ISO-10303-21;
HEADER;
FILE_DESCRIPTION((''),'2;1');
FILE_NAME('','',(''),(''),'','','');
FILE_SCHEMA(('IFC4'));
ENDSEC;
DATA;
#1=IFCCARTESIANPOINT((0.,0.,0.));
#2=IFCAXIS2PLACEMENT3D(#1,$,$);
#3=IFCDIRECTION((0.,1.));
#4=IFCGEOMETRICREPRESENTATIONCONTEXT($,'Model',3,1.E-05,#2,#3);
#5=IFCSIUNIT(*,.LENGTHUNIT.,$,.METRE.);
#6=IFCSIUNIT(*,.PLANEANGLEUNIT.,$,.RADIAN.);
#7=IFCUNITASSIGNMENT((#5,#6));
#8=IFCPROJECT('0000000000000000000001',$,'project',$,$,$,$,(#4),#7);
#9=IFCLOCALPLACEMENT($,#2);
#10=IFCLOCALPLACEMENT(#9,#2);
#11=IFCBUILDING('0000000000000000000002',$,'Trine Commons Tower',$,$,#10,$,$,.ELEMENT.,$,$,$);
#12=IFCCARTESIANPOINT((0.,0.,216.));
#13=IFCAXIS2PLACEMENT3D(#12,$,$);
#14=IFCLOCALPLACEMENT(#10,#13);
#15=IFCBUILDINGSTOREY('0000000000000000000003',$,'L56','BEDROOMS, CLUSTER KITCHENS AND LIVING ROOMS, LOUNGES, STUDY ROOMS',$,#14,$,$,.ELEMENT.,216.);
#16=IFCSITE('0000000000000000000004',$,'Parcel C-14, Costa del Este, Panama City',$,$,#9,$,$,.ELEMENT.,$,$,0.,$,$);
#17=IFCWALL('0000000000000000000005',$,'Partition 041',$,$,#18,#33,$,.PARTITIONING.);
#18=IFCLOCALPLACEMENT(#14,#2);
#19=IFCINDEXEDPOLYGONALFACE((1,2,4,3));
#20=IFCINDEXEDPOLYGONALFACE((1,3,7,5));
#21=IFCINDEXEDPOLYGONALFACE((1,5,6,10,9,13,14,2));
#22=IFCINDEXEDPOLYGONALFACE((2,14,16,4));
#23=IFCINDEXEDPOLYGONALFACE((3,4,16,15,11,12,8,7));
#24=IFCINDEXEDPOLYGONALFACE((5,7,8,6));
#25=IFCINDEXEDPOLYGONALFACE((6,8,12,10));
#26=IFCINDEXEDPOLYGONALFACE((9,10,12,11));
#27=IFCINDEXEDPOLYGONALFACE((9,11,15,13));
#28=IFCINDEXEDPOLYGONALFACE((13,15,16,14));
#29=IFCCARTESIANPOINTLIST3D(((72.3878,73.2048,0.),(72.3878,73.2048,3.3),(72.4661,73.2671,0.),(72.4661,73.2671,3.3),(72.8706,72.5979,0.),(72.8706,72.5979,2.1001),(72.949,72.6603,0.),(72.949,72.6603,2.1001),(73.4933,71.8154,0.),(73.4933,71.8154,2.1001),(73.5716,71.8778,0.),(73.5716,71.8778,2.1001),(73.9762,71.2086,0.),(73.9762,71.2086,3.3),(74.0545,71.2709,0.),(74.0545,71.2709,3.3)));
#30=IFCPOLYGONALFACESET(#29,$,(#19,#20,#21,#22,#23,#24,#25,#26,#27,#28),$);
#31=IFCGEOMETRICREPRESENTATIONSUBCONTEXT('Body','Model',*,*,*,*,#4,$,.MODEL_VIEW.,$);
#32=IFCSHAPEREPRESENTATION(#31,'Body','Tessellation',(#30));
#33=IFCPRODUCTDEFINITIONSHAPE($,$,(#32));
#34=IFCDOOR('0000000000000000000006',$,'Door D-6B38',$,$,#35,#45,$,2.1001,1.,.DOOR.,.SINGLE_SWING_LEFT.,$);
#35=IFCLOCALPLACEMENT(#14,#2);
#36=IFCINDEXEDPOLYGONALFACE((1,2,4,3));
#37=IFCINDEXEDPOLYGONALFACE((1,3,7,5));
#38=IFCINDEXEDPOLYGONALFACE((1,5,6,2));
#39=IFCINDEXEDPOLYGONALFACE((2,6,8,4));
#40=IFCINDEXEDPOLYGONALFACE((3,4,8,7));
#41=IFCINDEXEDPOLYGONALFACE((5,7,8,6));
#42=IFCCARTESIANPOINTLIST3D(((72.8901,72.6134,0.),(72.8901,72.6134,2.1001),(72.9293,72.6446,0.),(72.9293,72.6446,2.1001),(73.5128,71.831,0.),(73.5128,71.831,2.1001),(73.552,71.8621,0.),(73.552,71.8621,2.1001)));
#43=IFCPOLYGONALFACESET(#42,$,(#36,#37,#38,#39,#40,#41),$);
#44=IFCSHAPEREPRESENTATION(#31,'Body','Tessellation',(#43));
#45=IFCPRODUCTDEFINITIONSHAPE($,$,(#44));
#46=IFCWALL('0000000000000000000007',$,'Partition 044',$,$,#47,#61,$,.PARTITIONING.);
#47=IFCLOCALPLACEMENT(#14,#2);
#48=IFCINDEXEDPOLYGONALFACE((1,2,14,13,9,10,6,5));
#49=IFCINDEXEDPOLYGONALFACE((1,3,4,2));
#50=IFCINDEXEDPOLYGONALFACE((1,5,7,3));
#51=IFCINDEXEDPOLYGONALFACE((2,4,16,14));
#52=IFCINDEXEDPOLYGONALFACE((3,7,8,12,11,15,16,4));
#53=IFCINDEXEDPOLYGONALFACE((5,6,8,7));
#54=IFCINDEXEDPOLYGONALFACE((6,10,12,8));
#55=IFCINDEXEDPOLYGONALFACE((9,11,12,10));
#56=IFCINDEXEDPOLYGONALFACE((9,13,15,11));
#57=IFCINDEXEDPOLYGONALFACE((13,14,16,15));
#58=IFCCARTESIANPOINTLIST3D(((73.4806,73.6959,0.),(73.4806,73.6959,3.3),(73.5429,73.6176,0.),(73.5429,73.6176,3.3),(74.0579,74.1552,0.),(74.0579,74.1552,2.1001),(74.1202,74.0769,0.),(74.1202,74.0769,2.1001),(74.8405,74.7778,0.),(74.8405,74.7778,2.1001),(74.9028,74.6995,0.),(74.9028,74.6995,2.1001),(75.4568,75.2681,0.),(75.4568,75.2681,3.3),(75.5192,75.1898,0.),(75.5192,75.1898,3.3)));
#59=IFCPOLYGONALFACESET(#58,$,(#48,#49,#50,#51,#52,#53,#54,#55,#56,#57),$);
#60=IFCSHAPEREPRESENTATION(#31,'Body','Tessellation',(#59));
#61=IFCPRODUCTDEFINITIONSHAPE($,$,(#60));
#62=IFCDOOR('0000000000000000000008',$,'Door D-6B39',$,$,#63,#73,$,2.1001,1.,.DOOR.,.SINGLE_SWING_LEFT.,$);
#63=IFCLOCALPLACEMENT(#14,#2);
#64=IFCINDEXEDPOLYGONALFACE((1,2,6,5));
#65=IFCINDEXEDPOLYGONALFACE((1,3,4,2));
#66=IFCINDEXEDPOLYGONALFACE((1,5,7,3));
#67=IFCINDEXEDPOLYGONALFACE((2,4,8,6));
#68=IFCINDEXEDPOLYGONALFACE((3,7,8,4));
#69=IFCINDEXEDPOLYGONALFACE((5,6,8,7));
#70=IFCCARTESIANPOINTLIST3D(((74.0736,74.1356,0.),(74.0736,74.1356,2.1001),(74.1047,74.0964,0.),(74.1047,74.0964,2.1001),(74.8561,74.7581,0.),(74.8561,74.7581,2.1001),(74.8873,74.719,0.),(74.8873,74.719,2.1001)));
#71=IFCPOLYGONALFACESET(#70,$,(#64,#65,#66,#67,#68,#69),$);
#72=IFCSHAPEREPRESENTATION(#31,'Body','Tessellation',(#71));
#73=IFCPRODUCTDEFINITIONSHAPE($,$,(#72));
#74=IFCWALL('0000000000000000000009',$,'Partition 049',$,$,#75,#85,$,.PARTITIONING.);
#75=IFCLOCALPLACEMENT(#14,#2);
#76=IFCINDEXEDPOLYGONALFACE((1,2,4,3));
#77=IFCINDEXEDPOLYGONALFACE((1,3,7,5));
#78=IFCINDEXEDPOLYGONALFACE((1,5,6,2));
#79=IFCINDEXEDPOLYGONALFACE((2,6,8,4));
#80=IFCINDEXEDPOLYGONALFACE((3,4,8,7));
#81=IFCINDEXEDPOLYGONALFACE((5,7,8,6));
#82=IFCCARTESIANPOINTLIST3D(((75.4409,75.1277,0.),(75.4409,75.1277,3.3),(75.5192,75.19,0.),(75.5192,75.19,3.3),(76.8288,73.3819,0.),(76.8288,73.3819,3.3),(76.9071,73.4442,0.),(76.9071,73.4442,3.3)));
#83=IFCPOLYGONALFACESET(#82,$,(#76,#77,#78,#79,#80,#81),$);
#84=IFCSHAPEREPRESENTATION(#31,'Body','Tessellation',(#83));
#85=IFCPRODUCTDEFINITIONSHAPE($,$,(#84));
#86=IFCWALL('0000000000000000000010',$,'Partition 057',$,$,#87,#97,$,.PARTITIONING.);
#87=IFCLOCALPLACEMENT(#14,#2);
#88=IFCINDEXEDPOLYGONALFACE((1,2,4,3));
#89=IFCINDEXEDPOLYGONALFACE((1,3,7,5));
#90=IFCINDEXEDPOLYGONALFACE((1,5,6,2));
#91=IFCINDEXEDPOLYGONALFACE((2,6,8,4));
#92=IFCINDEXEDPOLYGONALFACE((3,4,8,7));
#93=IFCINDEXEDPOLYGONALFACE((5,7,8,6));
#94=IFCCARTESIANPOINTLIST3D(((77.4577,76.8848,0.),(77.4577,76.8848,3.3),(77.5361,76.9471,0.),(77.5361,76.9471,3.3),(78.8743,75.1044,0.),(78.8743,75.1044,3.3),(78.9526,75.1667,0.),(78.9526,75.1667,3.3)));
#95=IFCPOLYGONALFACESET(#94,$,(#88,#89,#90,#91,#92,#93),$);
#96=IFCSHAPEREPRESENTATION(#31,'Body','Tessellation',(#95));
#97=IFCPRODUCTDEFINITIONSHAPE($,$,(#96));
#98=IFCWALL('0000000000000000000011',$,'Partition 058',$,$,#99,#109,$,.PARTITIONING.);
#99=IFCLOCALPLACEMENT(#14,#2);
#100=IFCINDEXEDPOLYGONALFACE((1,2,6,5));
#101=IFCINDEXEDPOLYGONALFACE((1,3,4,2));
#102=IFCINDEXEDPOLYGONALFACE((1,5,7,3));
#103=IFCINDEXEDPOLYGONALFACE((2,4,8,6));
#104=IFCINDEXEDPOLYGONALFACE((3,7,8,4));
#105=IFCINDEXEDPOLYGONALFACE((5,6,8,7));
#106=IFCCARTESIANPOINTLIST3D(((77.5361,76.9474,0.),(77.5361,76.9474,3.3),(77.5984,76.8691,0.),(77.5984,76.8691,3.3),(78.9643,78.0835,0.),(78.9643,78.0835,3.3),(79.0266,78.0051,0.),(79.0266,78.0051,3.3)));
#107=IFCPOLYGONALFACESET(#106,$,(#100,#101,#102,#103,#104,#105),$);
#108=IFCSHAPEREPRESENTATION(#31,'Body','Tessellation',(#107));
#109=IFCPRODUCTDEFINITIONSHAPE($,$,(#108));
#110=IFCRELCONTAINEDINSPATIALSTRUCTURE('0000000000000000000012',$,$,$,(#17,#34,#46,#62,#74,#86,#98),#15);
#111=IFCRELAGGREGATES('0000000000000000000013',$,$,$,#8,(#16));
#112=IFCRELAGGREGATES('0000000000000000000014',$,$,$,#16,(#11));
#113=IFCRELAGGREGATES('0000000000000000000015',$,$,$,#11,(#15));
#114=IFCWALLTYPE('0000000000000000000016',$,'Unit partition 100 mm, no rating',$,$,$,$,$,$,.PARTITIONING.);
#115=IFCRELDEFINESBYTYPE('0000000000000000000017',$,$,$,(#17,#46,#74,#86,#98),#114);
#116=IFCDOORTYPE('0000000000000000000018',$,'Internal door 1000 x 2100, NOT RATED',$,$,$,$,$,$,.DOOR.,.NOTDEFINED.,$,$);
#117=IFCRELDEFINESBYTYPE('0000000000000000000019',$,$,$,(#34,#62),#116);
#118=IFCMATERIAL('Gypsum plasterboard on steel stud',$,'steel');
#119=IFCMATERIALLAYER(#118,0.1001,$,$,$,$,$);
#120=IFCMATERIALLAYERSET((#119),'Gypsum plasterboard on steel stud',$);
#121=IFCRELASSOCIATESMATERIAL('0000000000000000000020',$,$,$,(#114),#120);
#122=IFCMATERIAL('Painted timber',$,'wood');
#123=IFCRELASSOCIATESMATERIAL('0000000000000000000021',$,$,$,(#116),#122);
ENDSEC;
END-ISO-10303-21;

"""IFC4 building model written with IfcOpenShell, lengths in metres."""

from ifc_helpers import new_model, si_unit, direction, frame, frame_2d, origin, place, context, subcontext, project, spatial, rectangle, extrude, material, layer, layer_set, type_object, element, fill, save


model = new_model("IFC4")

# Units and contexts
model_context = context("Model", 3, precision=1e-05, world=origin(), true_north=direction((0.0, 1.0)))
body_context = subcontext(model_context, "Body", "Model", "MODEL_VIEW")
ifc_project = project(units=[si_unit("LENGTHUNIT", "METRE"), si_unit("PLANEANGLEUNIT", "RADIAN")], contexts=[model_context])

# Site, building, storey
site_placement = place(None, origin())
site = spatial("IfcSite", under=ifc_project, at=site_placement, Name="Parcel C-14, Costa del Este, Panama City", CompositionType="ELEMENT", RefElevation=0.0)
building_placement = place(site_placement, origin())
building = spatial("IfcBuilding", under=site, at=building_placement, Name="Trine Commons Tower", CompositionType="ELEMENT")
storey_placement = place(building_placement, frame((0.0, 0.0, 216.0)))
storey = spatial("IfcBuildingStorey", under=building, at=storey_placement, Name="L56", Description="BEDROOMS, CLUSTER KITCHENS AND LIVING ROOMS, LOUNGES, STUDY ROOMS", CompositionType="ELEMENT", Elevation=216.0)

# Shared definitions
ifc_material_1 = material(Name="Gypsum plasterboard on steel stud", Category="steel")

# Shared definitions
ifc_material_2 = material(Name="Painted timber", Category="wood")

# Walls, openings, doors
ifc_layer_1 = layer(ifc_material_1, 0.1001)
ifc_layer_set_1 = layer_set([ifc_layer_1], Name="Gypsum plasterboard on steel stud")
wall_type_1 = type_object("IfcWallType", Name="Unit partition 100 mm, no rating", PredefinedType="PARTITIONING", material=ifc_layer_set_1)
wall_1_placement = place(storey_placement, frame((72.427, 73.2358, 0.0), z_axis=(0.0, 0.0, 1.0), x_axis=(0.622662, -0.782491, 0.0)))
wall_1 = element("IfcWall", 1, at=wall_1_placement, inside=storey, type_object=wall_type_1, Name="Partition 041", PredefinedType="PARTITIONING", context=body_context, shape_type="SweptSolid", body=[
    extrude(rectangle(XDim=2.551, YDim=0.1001, at=frame_2d((1.2754, 0.0))), origin(), (0.0, 0.0, 1.0), 3.3),
])
opening_1_placement = place(wall_1_placement, frame((0.7754, 0.0, 0.0)))
opening_1 = element("IfcOpeningElement", 2, at=opening_1_placement, cuts=wall_1, PredefinedType="OPENING", context=body_context, shape_type="SweptSolid", body=[
    extrude(rectangle(XDim=1.0, YDim=2.1001, at=frame_2d((0.5, 1.05))), frame((0.0, 0.0601, 0.0), z_axis=(0.0, -1.0, 0.0), x_axis=(1.0, 0.0, 0.0)), (0.0, 0.0, 1.0), 0.1201),
])
door_type_1 = type_object("IfcDoorType", Name="Internal door 1000 x 2100, NOT RATED", OperationType="NOTDEFINED", PredefinedType="DOOR", material=ifc_material_2)
door_1_placement = place(opening_1_placement, origin())
door_1 = element("IfcDoor", 3, at=door_1_placement, inside=storey, type_object=door_type_1, Name="Door D-6B38", OperationType="SINGLE_SWING_LEFT", OverallHeight=2.1001, OverallWidth=1.0, PredefinedType="DOOR", context=body_context, shape_type="SweptSolid", body=[
    extrude(rectangle(XDim=1.0, YDim=2.1001, at=frame_2d((0.5, 1.05))), frame((0.0, 0.0249, 0.0), z_axis=(0.0, -1.0, 0.0), x_axis=(1.0, 0.0, 0.0)), (0.0, 0.0, 1.0), 0.05),
])
fill(opening_1, door_1)
wall_2_placement = place(storey_placement, frame((73.5117, 73.6567, 0.0), z_axis=(0.0, 0.0, 1.0), x_axis=(0.782564, 0.622571, 0.0)))
wall_2 = element("IfcWall", 4, at=wall_2_placement, inside=storey, type_object=wall_type_1, Name="Partition 044", PredefinedType="PARTITIONING", context=body_context, shape_type="SweptSolid", body=[
    extrude(rectangle(XDim=2.5254, YDim=0.1001, at=frame_2d((1.2627, 0.0))), origin(), (0.0, 0.0, 1.0), 3.3),
])
opening_2_placement = place(wall_2_placement, frame((0.7378, 0.0, 0.0)))
opening_2 = element("IfcOpeningElement", 5, at=opening_2_placement, cuts=wall_2, PredefinedType="OPENING", context=body_context, shape_type="SweptSolid", body=[
    extrude(rectangle(XDim=1.0, YDim=2.1001, at=frame_2d((0.5, 1.05))), frame((0.0, 0.0601, 0.0), z_axis=(0.0, -1.0, 0.0), x_axis=(1.0, 0.0, 0.0)), (0.0, 0.0, 1.0), 0.1201),
])
door_2_placement = place(opening_2_placement, origin())
door_2 = element("IfcDoor", 6, at=door_2_placement, inside=storey, type_object=door_type_1, Name="Door D-6B39", OperationType="SINGLE_SWING_LEFT", OverallHeight=2.1001, OverallWidth=1.0, PredefinedType="DOOR", context=body_context, shape_type="SweptSolid", body=[
    extrude(rectangle(XDim=1.0, YDim=2.1001, at=frame_2d((0.5, 1.05))), frame((0.0, 0.0249, 0.0), z_axis=(0.0, -1.0, 0.0), x_axis=(1.0, 0.0, 0.0)), (0.0, 0.0, 1.0), 0.05),
])
fill(opening_2, door_2)

# Walls
wall_3_placement = place(storey_placement, frame((75.48, 75.1589, 0.0), z_axis=(0.0, 0.0, 1.0), x_axis=(0.622303, -0.782777, 0.0)))
element("IfcWall", 7, at=wall_3_placement, inside=storey, type_object=wall_type_1, Name="Partition 049", PredefinedType="PARTITIONING", context=body_context, shape_type="SweptSolid", body=[
    extrude(rectangle(XDim=2.2302, YDim=0.1001, at=frame_2d((1.1152, 0.0))), origin(), (0.0, 0.0, 1.0), 3.3),
])
wall_4_placement = place(storey_placement, frame((77.4968, 76.916, 0.0), z_axis=(0.0, 0.0, 1.0), x_axis=(0.622625, -0.78252, 0.0)))
element("IfcWall", 8, at=wall_4_placement, inside=storey, type_object=wall_type_1, Name="Partition 057", PredefinedType="PARTITIONING", context=body_context, shape_type="SweptSolid", body=[
    extrude(rectangle(XDim=2.2751, YDim=0.1001, at=frame_2d((1.1377, 0.0))), origin(), (0.0, 0.0, 1.0), 3.3),
])
wall_5_placement = place(storey_placement, frame((77.5671, 76.9082, 0.0), z_axis=(0.0, 0.0, 1.0), x_axis=(0.782628, 0.62249, 0.0)))
element("IfcWall", 9, at=wall_5_placement, inside=storey, type_object=wall_type_1, Name="Partition 058", PredefinedType="PARTITIONING", context=body_context, shape_type="SweptSolid", body=[
    extrude(rectangle(XDim=1.825, YDim=0.1001, at=frame_2d((0.9126, 0.0))), origin(), (0.0, 0.0, 1.0), 3.3),
])

save(model, "model.ifc")
